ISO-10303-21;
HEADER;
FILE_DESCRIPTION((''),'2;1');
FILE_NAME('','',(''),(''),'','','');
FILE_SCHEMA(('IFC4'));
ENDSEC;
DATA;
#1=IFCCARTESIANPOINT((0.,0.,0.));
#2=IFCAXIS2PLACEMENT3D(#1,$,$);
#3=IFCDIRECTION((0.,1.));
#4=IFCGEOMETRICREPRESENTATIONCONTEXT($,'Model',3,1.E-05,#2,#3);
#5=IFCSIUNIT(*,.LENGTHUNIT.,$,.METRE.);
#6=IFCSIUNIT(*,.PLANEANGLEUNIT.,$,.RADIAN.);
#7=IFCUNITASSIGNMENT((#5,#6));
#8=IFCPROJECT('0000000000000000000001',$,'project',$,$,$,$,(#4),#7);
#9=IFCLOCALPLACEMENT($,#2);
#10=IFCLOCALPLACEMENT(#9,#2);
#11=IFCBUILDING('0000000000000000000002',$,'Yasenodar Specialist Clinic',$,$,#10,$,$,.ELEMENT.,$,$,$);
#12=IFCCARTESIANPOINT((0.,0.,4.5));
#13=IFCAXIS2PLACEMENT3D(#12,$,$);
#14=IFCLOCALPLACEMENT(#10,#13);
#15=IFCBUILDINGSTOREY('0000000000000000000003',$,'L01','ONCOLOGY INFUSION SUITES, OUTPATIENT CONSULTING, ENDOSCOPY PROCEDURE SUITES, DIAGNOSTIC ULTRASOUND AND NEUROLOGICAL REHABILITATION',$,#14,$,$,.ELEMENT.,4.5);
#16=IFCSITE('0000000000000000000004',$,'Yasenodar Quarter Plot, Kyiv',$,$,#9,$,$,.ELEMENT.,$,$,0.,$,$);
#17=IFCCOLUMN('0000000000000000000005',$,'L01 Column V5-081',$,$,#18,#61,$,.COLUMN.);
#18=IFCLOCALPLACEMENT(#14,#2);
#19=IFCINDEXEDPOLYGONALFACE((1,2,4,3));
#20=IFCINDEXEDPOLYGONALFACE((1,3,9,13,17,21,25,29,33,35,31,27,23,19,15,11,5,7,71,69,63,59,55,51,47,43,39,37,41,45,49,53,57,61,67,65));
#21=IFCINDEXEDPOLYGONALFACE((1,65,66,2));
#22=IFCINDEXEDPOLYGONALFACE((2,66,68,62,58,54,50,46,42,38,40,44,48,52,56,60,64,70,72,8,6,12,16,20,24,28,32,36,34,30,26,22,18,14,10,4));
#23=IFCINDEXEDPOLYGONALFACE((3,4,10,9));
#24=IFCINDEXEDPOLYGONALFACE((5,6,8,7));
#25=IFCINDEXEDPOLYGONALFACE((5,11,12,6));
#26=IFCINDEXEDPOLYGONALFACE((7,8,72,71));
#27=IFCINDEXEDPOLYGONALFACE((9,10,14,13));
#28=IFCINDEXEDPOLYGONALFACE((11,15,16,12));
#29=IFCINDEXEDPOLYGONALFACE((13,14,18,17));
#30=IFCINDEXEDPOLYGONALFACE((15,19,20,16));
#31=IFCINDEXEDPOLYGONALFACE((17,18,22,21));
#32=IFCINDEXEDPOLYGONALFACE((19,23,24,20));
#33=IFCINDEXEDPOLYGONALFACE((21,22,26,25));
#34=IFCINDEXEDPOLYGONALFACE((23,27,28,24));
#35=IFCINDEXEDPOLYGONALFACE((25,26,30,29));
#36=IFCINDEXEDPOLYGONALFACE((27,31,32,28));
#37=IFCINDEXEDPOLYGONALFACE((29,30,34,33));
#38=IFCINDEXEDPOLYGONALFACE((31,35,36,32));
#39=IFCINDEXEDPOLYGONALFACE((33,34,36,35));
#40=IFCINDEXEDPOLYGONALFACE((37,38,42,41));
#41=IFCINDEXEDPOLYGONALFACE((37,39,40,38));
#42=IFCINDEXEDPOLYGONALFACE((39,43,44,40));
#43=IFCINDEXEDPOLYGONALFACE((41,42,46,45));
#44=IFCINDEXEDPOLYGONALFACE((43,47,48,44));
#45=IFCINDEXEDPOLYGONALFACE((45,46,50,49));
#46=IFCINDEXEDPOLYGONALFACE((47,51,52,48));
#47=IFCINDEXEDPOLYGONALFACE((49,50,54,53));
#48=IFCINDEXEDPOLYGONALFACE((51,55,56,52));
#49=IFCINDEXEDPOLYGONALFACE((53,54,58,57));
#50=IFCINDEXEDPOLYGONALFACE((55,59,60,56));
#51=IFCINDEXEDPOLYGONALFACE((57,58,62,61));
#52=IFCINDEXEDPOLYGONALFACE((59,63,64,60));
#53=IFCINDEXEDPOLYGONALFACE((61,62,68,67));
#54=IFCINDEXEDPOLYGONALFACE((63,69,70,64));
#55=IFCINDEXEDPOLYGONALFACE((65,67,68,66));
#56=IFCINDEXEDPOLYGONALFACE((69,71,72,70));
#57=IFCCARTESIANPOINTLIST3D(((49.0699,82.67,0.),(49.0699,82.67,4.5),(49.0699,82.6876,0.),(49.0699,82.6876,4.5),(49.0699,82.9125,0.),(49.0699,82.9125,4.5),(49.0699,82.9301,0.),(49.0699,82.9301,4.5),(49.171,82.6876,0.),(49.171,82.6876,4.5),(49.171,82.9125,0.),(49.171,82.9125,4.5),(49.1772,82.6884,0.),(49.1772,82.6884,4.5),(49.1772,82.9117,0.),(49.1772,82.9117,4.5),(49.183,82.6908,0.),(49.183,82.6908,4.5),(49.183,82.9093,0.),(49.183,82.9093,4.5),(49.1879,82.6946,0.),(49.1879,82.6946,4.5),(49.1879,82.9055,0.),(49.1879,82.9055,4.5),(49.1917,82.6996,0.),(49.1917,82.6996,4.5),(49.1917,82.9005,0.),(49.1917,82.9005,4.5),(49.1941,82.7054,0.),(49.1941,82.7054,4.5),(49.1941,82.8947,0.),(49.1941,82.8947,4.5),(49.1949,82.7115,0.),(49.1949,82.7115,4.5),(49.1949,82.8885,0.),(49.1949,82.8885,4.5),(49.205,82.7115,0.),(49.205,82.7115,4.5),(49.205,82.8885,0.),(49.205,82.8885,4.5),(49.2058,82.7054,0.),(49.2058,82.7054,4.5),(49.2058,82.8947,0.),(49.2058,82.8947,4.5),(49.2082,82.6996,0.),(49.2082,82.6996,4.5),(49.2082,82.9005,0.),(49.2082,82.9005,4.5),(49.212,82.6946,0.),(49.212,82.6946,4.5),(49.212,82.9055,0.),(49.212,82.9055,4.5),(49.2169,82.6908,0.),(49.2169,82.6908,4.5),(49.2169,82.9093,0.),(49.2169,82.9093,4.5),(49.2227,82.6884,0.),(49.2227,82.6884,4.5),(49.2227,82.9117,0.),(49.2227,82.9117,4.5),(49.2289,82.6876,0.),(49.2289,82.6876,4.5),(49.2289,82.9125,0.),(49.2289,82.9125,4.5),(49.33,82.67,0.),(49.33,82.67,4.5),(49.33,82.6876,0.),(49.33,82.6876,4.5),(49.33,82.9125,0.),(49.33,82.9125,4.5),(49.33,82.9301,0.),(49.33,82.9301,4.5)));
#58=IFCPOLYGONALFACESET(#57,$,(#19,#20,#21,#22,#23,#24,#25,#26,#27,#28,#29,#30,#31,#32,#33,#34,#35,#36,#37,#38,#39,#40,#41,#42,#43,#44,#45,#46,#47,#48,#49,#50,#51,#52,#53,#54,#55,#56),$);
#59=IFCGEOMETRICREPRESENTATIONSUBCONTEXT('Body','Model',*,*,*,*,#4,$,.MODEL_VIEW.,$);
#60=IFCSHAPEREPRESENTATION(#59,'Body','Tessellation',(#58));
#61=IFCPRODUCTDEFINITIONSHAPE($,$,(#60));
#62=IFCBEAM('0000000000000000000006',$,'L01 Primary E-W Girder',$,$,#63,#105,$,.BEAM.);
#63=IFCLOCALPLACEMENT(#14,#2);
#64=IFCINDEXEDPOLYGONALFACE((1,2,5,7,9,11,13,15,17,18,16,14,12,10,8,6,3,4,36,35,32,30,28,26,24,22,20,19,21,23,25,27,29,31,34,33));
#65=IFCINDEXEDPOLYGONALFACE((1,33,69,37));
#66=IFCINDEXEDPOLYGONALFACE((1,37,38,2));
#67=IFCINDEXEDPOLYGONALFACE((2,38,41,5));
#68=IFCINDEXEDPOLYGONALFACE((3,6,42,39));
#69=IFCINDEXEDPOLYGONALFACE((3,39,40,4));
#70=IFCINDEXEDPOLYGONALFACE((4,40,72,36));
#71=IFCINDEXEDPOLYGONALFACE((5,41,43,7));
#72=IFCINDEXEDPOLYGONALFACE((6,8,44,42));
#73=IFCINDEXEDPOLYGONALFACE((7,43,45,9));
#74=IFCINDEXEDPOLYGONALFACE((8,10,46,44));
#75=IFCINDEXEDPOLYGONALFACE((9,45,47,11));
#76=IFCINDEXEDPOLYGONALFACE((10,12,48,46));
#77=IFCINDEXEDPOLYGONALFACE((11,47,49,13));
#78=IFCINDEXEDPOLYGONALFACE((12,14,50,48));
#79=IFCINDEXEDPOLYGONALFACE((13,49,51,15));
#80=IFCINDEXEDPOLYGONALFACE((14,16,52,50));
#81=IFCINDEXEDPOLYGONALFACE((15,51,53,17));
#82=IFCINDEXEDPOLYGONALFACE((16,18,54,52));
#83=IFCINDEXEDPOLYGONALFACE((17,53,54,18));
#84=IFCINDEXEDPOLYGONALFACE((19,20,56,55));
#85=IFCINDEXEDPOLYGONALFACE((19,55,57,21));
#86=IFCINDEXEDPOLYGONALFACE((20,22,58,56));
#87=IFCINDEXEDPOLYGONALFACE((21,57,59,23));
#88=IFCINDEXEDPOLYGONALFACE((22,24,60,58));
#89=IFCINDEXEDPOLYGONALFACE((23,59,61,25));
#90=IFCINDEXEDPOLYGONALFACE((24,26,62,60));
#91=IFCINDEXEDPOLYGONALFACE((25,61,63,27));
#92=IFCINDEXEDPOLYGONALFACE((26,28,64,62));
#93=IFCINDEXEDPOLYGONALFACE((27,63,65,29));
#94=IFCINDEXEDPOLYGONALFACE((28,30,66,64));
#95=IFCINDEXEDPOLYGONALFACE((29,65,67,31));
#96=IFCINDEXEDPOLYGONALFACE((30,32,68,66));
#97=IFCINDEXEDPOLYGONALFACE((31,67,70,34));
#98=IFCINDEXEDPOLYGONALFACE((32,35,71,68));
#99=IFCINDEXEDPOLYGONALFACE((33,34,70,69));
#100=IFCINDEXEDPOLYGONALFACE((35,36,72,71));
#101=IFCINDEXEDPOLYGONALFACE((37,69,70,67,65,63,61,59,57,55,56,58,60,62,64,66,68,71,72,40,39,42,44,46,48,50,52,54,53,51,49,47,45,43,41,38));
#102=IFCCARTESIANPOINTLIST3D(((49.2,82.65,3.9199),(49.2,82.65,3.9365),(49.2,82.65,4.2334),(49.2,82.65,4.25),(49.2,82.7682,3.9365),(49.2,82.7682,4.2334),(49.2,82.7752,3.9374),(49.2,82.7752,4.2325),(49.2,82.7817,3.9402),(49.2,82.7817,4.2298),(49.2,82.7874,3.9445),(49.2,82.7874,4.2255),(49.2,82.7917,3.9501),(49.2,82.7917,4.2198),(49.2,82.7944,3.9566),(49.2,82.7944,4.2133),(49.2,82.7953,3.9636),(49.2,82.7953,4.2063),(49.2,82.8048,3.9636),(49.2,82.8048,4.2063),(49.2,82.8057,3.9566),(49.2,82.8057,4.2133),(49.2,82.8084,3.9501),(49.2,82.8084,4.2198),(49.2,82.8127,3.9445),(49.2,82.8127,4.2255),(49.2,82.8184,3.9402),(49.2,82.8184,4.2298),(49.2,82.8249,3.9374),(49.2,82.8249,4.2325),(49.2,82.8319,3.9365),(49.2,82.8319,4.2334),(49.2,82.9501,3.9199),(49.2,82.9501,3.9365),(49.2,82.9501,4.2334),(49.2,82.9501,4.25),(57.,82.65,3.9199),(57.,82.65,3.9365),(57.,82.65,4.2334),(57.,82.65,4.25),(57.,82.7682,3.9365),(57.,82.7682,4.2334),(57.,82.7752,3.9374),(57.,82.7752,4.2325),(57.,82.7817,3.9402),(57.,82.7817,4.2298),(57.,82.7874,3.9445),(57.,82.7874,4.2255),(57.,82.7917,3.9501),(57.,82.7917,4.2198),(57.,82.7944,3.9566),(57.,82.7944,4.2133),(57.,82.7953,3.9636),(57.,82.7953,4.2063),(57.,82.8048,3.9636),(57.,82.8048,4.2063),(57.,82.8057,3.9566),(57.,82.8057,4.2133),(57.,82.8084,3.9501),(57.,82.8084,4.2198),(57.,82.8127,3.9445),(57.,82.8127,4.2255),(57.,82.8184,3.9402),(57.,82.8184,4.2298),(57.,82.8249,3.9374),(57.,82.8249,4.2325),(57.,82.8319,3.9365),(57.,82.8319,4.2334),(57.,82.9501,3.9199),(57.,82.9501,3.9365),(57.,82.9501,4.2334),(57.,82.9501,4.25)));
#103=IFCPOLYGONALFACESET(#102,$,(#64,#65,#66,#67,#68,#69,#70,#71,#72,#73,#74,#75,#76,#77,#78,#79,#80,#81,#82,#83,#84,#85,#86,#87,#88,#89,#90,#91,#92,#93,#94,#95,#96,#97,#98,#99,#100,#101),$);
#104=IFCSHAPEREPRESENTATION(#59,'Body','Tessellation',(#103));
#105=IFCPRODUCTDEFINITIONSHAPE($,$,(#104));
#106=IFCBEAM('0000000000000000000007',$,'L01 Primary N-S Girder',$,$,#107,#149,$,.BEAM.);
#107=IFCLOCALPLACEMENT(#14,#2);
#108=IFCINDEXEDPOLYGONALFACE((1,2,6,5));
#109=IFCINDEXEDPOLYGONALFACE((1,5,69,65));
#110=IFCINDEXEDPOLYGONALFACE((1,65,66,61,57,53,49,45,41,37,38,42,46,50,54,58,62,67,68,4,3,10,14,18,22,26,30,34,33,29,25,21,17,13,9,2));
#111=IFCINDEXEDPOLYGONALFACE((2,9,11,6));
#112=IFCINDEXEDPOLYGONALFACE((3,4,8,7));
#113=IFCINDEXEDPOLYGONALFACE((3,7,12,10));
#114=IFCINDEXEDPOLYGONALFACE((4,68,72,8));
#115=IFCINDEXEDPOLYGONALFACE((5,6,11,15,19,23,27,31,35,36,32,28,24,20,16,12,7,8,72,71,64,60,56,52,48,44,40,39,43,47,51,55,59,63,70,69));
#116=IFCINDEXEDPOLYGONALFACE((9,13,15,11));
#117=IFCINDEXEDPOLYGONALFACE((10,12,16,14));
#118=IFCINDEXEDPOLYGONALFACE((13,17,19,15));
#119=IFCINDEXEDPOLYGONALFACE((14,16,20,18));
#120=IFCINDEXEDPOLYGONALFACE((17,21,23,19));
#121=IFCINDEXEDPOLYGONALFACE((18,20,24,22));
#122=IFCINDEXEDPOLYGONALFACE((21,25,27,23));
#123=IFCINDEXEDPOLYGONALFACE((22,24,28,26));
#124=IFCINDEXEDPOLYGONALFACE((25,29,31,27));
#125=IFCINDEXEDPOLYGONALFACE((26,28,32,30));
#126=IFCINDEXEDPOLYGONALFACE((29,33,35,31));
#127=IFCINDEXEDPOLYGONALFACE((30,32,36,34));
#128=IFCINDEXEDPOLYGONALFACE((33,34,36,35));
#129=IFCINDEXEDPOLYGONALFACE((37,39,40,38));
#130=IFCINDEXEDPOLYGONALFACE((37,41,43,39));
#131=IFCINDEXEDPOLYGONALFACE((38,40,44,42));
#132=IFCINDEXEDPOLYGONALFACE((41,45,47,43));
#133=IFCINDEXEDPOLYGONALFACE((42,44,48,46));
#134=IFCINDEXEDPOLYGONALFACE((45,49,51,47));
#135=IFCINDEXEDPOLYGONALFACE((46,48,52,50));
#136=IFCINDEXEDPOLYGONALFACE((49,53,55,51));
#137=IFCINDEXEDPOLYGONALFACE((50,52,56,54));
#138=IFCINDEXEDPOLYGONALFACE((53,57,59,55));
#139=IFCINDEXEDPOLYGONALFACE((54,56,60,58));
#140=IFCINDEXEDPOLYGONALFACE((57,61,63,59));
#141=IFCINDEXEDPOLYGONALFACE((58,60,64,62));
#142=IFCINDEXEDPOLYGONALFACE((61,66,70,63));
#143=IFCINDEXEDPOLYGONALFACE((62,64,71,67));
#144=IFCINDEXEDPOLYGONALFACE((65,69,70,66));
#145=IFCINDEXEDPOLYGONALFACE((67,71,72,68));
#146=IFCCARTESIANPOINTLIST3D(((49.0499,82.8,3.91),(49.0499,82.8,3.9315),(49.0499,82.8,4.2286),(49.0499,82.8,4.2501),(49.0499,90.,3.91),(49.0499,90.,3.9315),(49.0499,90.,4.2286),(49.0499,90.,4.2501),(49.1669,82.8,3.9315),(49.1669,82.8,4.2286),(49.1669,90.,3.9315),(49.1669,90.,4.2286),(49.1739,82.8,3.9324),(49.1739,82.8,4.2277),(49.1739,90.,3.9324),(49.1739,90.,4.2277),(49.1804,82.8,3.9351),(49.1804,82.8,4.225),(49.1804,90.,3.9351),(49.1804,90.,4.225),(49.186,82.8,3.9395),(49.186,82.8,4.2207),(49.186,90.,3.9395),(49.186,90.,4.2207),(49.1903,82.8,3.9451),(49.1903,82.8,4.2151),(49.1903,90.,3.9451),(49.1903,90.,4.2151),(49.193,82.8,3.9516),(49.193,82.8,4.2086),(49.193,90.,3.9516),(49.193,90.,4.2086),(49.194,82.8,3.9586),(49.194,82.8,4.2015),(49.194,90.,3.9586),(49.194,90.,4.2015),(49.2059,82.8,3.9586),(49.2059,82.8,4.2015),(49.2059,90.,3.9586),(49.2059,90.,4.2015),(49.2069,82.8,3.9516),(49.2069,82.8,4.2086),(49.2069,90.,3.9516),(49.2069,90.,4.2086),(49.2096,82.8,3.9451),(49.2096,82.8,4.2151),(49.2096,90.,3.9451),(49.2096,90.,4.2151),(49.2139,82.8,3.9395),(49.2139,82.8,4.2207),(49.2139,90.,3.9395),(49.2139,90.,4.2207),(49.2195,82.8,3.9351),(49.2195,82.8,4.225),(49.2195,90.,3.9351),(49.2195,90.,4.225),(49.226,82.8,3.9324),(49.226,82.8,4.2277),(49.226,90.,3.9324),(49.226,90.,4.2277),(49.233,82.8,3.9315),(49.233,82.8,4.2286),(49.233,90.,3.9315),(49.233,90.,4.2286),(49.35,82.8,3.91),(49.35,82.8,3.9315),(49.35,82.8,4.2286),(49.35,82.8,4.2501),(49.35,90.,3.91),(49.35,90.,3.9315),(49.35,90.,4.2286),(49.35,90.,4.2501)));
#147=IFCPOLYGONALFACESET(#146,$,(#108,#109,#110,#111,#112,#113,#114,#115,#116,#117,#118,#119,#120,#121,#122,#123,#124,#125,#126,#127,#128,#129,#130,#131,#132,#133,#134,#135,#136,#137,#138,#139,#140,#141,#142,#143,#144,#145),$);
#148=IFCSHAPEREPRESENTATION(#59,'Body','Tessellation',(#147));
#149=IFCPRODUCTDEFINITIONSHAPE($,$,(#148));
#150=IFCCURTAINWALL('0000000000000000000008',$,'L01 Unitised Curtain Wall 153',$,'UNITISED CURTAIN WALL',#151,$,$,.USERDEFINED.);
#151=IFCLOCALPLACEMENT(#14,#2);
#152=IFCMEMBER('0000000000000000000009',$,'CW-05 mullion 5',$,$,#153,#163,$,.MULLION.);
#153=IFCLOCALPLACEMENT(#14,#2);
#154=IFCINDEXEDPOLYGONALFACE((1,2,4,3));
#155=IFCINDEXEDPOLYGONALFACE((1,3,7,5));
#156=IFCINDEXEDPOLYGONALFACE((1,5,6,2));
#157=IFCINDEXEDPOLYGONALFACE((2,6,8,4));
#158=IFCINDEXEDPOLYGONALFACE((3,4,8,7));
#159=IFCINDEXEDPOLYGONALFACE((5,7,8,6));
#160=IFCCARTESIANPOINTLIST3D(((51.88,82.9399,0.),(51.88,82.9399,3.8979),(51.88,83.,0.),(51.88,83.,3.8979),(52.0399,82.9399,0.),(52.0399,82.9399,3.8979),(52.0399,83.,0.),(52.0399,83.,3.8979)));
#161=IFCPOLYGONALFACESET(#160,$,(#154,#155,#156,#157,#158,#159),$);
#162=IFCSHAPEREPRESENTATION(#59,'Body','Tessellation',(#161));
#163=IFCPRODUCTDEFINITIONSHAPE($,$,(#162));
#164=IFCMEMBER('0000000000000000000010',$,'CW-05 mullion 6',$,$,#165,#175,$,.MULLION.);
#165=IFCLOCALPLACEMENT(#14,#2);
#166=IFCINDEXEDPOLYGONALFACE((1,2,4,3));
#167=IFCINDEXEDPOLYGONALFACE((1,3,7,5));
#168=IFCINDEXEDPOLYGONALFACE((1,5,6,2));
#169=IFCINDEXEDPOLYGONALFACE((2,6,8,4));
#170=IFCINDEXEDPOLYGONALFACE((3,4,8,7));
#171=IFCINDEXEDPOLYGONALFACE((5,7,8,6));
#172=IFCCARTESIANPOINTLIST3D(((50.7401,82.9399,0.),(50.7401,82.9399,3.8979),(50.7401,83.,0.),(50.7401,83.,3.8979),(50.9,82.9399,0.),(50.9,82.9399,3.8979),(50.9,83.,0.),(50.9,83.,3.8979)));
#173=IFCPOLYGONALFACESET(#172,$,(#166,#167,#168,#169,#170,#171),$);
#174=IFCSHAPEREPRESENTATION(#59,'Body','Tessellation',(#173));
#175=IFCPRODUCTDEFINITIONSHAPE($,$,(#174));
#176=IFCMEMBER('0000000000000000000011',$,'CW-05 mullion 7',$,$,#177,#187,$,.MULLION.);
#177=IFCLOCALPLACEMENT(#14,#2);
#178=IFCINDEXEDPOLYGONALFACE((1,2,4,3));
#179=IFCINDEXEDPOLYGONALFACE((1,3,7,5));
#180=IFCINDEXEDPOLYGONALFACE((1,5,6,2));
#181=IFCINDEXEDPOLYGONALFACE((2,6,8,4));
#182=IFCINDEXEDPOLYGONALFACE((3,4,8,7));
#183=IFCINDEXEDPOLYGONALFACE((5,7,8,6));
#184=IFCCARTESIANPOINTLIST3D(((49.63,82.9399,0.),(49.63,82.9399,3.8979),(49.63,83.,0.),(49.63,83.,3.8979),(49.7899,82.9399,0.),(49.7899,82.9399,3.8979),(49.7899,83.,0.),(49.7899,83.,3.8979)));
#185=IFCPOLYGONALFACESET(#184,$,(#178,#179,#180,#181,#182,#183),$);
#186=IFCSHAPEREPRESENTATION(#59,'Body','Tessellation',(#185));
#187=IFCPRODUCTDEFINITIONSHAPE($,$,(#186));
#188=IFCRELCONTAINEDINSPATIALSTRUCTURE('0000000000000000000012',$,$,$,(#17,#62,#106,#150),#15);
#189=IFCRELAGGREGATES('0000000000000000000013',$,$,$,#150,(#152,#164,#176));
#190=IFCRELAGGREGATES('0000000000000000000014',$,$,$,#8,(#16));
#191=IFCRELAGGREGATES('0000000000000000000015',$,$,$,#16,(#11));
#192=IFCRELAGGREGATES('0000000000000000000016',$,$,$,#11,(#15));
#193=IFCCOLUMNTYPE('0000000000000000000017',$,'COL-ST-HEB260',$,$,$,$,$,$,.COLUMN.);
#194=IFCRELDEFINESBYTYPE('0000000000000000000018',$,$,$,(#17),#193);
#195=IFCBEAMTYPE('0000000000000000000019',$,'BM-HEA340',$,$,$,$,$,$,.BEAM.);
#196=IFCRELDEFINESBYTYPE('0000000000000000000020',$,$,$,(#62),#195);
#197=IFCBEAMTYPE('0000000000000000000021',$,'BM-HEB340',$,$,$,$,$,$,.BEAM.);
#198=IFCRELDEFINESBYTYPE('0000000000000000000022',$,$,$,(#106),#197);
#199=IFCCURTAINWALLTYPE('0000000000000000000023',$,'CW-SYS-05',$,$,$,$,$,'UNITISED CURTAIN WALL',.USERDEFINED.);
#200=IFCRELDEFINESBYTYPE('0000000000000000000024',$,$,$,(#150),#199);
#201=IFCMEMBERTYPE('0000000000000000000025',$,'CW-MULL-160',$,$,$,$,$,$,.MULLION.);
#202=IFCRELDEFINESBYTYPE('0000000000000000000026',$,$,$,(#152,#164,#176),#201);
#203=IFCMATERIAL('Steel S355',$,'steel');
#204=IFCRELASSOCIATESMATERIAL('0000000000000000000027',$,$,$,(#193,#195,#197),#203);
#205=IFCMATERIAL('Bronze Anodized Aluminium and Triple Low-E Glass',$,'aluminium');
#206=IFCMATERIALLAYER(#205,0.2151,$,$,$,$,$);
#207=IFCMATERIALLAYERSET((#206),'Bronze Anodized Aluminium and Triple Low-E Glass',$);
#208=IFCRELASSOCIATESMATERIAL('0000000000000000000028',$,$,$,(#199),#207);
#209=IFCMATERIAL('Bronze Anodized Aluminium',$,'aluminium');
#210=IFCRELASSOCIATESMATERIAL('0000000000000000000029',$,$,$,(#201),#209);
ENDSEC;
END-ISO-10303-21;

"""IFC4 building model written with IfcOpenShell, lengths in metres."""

from ifc_helpers import new_model, si_unit, direction, frame, origin, origin_2d, place, context, subcontext, project, spatial, rectangle, i_section, extrude, material, layer, layer_set, material_profile, profile_set, type_object, element, aggregate, save


model = new_model("IFC4")

# Units and contexts
model_context = context("Model", 3, precision=1e-05, world=origin(), true_north=direction((0.0, 1.0)))
body_context = subcontext(model_context, "Body", "Model", "MODEL_VIEW")
ifc_project = project(units=[si_unit("LENGTHUNIT", "METRE"), si_unit("PLANEANGLEUNIT", "RADIAN")], contexts=[model_context])

# Site, building, storey
site_placement = place(None, origin())
site = spatial("IfcSite", under=ifc_project, at=site_placement, Name="Yasenodar Quarter Plot, Kyiv", CompositionType="ELEMENT", RefElevation=0.0)
building_placement = place(site_placement, origin())
building = spatial("IfcBuilding", under=site, at=building_placement, Name="Yasenodar Specialist Clinic", CompositionType="ELEMENT")
storey_placement = place(building_placement, frame((0.0, 0.0, 4.5)))
storey = spatial("IfcBuildingStorey", under=building, at=storey_placement, Name="L01", Description="ONCOLOGY INFUSION SUITES, OUTPATIENT CONSULTING, ENDOSCOPY PROCEDURE SUITES, DIAGNOSTIC ULTRASOUND AND NEUROLOGICAL REHABILITATION", CompositionType="ELEMENT", Elevation=4.5)

# Column
ifc_material_1 = material(Name="Steel S355", Category="steel")
ifc_material_profile_1 = material_profile(ifc_material_1, i_section(OverallWidth=0.26, OverallDepth=0.26, WebThickness=0.01, FlangeThickness=0.0176, FilletRadius=0.0239, at=origin_2d()), Name="HEB 260")
ifc_profile_set_1 = profile_set([ifc_material_profile_1], Name="Steel S355")
column_type = type_object("IfcColumnType", Name="COL-ST-HEB260", PredefinedType="COLUMN", material=ifc_profile_set_1)
column_placement = place(storey_placement, frame((49.2, 82.8, 0.0), z_axis=(0.0, 0.0, 1.0), x_axis=(1.0, 0.0, 0.0)))
element("IfcColumn", 1, at=column_placement, inside=storey, type_object=column_type, Name="L01 Column V5-081", PredefinedType="COLUMN", context=body_context, shape_type="SweptSolid", body=[
    extrude(i_section(OverallWidth=0.26, OverallDepth=0.26, WebThickness=0.01, FlangeThickness=0.0176, FilletRadius=0.0239, at=origin_2d()), origin(), (0.0, 0.0, 1.0), 4.5),
])

# Beams
ifc_material_profile_2 = material_profile(ifc_material_1, i_section(OverallWidth=0.3, OverallDepth=0.3301, WebThickness=0.0095, FlangeThickness=0.0166, FilletRadius=0.0271, at=origin_2d()), Name="HEA 340")
ifc_profile_set_2 = profile_set([ifc_material_profile_2], Name="Steel S355")
beam_type_1 = type_object("IfcBeamType", Name="BM-HEA340", PredefinedType="BEAM", material=ifc_profile_set_2)
beam_1_placement = place(storey_placement, frame((49.2, 82.8, 4.085), z_axis=(1.0, 0.0, 0.0), x_axis=(0.0, 1.0, 0.0)))
element("IfcBeam", 2, at=beam_1_placement, inside=storey, type_object=beam_type_1, Name="L01 Primary E-W Girder", PredefinedType="BEAM", context=body_context, shape_type="SweptSolid", body=[
    extrude(i_section(OverallWidth=0.3, OverallDepth=0.3301, WebThickness=0.0095, FlangeThickness=0.0166, FilletRadius=0.0271, at=origin_2d()), origin(), (0.0, 0.0, 1.0), 7.8),
])
ifc_material_profile_3 = material_profile(ifc_material_1, i_section(OverallWidth=0.3, OverallDepth=0.3401, WebThickness=0.012, FlangeThickness=0.0215, FilletRadius=0.0271, at=origin_2d()), Name="HEB 340")
ifc_profile_set_3 = profile_set([ifc_material_profile_3], Name="Steel S355")
beam_type_2 = type_object("IfcBeamType", Name="BM-HEB340", PredefinedType="BEAM", material=ifc_profile_set_3)
beam_2_placement = place(storey_placement, frame((49.2, 82.8, 4.0801), z_axis=(0.0, 1.0, 0.0), x_axis=(-1.0, 0.0, 0.0)))
element("IfcBeam", 3, at=beam_2_placement, inside=storey, type_object=beam_type_2, Name="L01 Primary N-S Girder", PredefinedType="BEAM", context=body_context, shape_type="SweptSolid", body=[
    extrude(i_section(OverallWidth=0.3, OverallDepth=0.3401, WebThickness=0.012, FlangeThickness=0.0215, FilletRadius=0.0271, at=origin_2d()), origin(), (0.0, 0.0, 1.0), 7.2),
])

# Curtain wall, members
ifc_material_2 = material(Name="Bronze Anodized Aluminium and Triple Low-E Glass", Category="aluminium")
ifc_layer_1 = layer(ifc_material_2, 0.2151)
ifc_layer_set_1 = layer_set([ifc_layer_1], Name="Bronze Anodized Aluminium and Triple Low-E Glass")
curtain_wall_type = type_object("IfcCurtainWallType", Name="CW-SYS-05", ElementType="UNITISED CURTAIN WALL", PredefinedType="USERDEFINED", material=ifc_layer_set_1)
curtain_wall_placement = place(storey_placement, origin())
curtain_wall = element("IfcCurtainWall", 4, at=curtain_wall_placement, inside=storey, type_object=curtain_wall_type, Name="L01 Unitised Curtain Wall 153", ObjectType="UNITISED CURTAIN WALL", PredefinedType="USERDEFINED")
ifc_material_3 = material(Name="Bronze Anodized Aluminium", Category="aluminium")
ifc_material_profile_4 = material_profile(ifc_material_3, rectangle(XDim=0.0601, YDim=0.1599, at=origin_2d()), Name="CW-MULL 60x160")
ifc_profile_set_4 = profile_set([ifc_material_profile_4], Name="Bronze Anodized Aluminium")
member_type_1 = type_object("IfcMemberType", Name="CW-MULL-160", PredefinedType="MULLION", material=ifc_profile_set_4)
member_1_placement = place(storey_placement, frame((51.96, 82.97, 0.0), z_axis=(0.0, 0.0, 1.0), x_axis=(0.0, -1.0, 0.0)))
member_1 = element("IfcMember", 5, at=member_1_placement, type_object=member_type_1, Name="CW-05 mullion 5", PredefinedType="MULLION", context=body_context, shape_type="SweptSolid", body=[
    extrude(rectangle(XDim=0.0601, YDim=0.1599, at=origin_2d()), origin(), (0.0, 0.0, 1.0), 3.8979),
])
member_2_placement = place(storey_placement, frame((50.8201, 82.97, 0.0), z_axis=(0.0, 0.0, 1.0), x_axis=(0.0, -1.0, 0.0)))
member_2 = element("IfcMember", 6, at=member_2_placement, type_object=member_type_1, Name="CW-05 mullion 6", PredefinedType="MULLION", context=body_context, shape_type="SweptSolid", body=[
    extrude(rectangle(XDim=0.0601, YDim=0.1599, at=origin_2d()), origin(), (0.0, 0.0, 1.0), 3.8979),
])
member_3_placement = place(storey_placement, frame((49.71, 82.97, 0.0), z_axis=(0.0, 0.0, 1.0), x_axis=(0.0, -1.0, 0.0)))
member_3 = element("IfcMember", 7, at=member_3_placement, type_object=member_type_1, Name="CW-05 mullion 7", PredefinedType="MULLION", context=body_context, shape_type="SweptSolid", body=[
    extrude(rectangle(XDim=0.0601, YDim=0.1599, at=origin_2d()), origin(), (0.0, 0.0, 1.0), 3.8979),
])
aggregate(curtain_wall, [member_1, member_2, member_3])

save(model, "model.ifc")
